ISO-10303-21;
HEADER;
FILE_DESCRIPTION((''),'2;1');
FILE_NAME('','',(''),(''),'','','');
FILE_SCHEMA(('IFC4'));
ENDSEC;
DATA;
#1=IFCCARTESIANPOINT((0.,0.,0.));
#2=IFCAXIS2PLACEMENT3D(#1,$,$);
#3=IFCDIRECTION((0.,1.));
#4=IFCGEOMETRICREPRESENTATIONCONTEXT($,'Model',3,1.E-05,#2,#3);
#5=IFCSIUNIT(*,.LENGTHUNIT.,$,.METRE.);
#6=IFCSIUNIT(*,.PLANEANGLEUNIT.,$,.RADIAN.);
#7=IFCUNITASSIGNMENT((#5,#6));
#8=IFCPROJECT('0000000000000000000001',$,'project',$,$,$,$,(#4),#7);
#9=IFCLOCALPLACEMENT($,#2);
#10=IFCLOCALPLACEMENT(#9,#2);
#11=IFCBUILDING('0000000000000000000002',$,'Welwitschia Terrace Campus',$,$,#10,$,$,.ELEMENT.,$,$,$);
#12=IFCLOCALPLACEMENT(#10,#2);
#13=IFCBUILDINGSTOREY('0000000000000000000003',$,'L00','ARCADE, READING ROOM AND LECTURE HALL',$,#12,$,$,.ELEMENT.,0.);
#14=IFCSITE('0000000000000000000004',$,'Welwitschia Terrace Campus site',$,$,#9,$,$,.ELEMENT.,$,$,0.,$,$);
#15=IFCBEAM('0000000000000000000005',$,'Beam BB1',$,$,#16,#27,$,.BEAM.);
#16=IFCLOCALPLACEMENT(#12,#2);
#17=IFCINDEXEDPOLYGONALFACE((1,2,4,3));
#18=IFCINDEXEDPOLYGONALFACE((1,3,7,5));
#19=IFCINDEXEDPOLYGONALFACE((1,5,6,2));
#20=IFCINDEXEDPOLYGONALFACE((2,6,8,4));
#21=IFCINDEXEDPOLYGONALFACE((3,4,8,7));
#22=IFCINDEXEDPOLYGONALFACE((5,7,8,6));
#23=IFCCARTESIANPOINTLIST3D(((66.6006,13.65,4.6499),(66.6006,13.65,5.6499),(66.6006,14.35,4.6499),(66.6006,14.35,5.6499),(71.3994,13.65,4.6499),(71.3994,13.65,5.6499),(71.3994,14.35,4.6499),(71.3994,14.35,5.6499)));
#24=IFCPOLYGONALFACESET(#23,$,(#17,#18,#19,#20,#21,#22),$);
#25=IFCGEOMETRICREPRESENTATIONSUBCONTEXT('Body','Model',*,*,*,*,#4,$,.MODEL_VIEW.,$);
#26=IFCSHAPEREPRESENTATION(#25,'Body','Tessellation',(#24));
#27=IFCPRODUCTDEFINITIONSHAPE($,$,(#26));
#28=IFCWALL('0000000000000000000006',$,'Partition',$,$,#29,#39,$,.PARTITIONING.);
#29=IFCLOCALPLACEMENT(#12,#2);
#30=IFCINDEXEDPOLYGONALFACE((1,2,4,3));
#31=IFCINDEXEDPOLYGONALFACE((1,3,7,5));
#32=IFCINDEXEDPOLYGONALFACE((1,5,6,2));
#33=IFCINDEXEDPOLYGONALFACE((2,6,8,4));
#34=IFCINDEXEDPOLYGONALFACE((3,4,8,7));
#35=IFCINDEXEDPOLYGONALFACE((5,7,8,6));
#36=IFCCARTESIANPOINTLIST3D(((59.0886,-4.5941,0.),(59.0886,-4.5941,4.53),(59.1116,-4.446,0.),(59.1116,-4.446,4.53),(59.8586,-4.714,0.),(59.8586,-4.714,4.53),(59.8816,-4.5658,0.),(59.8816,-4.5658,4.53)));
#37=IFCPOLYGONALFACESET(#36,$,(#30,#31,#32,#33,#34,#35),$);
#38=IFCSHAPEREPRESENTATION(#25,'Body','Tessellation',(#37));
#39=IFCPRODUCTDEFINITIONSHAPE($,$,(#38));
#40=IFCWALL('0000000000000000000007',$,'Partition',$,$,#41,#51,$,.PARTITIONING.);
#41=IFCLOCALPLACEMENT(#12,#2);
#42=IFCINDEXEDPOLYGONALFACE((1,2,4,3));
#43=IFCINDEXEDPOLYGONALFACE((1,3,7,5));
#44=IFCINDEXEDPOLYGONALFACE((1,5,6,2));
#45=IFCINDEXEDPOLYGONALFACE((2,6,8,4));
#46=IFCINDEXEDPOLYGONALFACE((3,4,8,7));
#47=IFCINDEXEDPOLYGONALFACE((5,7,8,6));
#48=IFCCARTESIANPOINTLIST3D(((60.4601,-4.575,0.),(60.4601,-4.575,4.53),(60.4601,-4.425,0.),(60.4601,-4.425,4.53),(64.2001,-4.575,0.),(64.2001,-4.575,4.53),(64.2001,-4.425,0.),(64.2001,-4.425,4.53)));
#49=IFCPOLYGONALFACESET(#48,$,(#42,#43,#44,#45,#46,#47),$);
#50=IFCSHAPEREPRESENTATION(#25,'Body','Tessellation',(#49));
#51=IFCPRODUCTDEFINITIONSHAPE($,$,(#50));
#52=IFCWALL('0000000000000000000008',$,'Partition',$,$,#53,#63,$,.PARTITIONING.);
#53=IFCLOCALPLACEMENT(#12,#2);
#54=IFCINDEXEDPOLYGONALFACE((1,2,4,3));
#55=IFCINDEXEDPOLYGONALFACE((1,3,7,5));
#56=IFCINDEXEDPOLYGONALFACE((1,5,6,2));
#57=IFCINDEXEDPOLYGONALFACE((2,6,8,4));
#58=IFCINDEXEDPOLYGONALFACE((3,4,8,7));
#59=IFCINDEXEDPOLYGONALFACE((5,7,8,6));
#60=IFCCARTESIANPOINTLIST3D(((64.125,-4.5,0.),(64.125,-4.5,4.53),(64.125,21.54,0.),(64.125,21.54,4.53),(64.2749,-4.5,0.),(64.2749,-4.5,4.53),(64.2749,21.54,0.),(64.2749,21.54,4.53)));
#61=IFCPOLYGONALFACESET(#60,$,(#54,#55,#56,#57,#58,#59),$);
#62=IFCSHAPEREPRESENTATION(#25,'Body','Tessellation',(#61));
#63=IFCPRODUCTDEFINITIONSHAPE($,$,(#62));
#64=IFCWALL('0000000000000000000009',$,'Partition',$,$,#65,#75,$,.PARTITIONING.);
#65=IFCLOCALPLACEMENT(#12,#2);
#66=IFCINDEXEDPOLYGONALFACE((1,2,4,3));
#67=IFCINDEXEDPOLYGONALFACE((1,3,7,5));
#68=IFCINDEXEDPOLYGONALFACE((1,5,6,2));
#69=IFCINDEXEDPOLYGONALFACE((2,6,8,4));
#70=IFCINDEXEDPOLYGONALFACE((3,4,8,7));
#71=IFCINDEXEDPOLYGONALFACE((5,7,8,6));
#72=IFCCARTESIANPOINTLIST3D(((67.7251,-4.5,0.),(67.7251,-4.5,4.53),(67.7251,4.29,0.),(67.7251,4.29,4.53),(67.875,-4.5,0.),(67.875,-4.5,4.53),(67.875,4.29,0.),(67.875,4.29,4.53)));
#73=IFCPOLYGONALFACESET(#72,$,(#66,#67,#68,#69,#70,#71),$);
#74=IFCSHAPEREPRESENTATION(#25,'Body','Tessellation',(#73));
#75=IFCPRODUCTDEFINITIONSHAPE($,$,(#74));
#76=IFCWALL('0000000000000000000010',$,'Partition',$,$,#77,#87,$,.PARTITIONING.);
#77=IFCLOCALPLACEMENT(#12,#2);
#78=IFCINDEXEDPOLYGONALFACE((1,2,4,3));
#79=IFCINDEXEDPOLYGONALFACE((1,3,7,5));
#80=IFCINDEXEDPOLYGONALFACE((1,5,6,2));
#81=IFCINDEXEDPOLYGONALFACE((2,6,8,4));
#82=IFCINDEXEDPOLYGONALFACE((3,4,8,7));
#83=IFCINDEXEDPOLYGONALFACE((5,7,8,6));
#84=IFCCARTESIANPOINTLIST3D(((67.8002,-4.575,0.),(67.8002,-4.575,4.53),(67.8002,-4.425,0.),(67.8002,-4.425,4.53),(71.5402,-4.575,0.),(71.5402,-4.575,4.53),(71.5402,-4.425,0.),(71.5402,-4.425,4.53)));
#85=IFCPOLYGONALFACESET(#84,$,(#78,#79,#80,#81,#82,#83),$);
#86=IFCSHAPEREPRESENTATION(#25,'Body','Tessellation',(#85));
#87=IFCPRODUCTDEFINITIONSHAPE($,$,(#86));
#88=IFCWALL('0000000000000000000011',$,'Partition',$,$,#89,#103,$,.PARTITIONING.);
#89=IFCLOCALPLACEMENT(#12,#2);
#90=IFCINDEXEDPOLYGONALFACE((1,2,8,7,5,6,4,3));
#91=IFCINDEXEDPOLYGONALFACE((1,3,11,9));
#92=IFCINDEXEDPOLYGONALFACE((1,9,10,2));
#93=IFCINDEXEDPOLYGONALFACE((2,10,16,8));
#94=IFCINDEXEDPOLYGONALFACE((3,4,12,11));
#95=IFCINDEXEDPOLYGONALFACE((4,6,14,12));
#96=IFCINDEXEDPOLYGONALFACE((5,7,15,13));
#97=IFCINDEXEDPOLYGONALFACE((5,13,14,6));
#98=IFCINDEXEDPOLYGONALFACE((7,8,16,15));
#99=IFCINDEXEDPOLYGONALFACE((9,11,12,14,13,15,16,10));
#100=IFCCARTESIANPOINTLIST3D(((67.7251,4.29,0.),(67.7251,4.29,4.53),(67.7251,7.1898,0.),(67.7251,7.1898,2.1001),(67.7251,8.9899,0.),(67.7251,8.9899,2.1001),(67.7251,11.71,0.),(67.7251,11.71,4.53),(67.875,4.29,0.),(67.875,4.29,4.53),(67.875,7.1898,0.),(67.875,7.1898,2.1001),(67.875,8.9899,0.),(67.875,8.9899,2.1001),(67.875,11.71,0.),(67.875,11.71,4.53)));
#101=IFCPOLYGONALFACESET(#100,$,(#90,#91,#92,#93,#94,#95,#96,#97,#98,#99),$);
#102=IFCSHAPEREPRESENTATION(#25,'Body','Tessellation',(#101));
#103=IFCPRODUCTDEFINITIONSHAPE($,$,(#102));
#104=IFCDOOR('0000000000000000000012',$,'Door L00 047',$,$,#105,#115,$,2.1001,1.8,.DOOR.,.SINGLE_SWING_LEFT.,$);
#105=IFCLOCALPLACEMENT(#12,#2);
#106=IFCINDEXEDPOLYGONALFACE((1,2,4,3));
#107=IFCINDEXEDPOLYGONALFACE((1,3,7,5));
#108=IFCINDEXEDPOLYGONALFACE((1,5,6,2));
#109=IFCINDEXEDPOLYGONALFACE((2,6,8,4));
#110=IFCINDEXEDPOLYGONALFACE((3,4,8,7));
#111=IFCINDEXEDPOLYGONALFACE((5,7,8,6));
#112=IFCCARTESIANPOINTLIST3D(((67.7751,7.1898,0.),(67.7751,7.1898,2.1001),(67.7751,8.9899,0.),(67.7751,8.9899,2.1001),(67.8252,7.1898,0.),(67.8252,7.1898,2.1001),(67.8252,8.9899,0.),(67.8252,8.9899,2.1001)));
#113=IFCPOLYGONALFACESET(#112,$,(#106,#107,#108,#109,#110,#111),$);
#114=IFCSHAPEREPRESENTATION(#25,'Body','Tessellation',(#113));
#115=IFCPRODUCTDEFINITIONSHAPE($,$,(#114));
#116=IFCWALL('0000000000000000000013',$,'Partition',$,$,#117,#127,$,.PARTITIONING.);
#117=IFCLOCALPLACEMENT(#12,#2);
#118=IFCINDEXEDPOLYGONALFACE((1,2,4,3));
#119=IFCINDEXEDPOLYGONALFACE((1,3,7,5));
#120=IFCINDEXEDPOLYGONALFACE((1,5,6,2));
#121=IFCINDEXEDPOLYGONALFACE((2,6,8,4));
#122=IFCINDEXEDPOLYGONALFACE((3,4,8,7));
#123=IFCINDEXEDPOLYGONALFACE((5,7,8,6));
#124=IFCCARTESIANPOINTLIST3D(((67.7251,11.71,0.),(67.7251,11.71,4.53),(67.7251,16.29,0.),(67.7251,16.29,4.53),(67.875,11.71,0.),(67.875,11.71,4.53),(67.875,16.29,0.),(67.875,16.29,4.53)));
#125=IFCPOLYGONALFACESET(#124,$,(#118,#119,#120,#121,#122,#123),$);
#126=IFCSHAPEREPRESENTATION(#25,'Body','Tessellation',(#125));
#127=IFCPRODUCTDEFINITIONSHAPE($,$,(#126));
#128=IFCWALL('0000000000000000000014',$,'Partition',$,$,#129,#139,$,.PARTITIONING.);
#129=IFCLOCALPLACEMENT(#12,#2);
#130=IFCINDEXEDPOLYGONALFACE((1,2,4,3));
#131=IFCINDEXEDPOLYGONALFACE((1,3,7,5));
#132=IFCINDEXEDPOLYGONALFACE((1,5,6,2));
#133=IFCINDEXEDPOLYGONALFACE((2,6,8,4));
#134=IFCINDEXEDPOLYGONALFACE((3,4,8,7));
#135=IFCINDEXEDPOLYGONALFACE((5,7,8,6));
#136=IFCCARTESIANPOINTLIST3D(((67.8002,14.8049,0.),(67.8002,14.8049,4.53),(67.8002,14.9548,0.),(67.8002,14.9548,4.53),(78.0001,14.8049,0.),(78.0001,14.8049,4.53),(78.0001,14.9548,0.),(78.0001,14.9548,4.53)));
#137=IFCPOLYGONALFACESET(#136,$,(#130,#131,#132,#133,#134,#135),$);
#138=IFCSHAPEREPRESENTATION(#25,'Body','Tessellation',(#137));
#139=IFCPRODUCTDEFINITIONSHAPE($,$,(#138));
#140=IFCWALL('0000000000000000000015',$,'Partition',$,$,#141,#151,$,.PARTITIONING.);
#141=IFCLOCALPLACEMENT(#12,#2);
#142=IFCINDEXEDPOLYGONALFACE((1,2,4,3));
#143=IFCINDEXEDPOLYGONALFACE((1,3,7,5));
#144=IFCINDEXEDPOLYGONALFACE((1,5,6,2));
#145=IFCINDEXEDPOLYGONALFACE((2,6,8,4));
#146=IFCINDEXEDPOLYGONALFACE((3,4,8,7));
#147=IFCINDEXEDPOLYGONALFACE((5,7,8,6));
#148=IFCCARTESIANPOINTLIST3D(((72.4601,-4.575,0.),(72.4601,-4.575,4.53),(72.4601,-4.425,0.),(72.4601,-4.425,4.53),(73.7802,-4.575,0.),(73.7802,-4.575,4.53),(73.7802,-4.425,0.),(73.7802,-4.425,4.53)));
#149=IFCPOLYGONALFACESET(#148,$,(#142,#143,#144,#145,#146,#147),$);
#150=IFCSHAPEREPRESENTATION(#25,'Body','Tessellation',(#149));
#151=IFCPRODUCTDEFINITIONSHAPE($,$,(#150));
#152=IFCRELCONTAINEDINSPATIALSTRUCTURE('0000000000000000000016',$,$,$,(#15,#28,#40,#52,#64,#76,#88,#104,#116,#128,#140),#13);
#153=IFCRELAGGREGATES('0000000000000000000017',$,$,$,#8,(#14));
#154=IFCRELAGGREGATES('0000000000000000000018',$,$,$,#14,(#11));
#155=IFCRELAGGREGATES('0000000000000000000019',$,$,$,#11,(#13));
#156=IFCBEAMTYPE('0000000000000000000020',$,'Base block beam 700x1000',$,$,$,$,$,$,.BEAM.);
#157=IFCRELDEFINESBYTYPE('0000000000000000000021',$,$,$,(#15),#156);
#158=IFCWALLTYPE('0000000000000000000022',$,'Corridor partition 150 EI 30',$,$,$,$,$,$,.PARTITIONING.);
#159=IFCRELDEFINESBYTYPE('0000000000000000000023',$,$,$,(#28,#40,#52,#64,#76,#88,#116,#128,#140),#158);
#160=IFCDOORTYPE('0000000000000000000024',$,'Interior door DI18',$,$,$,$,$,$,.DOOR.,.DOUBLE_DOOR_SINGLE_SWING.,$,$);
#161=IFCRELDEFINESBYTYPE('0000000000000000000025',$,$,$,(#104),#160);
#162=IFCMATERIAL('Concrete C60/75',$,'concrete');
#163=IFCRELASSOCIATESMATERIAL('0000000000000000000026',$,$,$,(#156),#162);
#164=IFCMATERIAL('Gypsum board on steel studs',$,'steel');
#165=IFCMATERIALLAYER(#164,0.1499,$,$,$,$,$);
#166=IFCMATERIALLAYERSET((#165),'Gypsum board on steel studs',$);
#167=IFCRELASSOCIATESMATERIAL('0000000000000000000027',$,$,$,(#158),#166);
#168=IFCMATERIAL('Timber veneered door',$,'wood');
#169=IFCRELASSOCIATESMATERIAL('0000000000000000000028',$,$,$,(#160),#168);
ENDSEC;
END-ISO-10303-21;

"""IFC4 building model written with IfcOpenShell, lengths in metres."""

from ifc_helpers import new_model, si_unit, direction, frame, frame_2d, origin, origin_2d, place, context, subcontext, project, spatial, rectangle, extrude, material, layer, layer_set, material_profile, profile_set, type_object, element, fill, save


model = new_model("IFC4")

# Units and contexts
model_context = context("Model", 3, precision=1e-05, world=origin(), true_north=direction((0.0, 1.0)))
body_context = subcontext(model_context, "Body", "Model", "MODEL_VIEW")
ifc_project = project(units=[si_unit("LENGTHUNIT", "METRE"), si_unit("PLANEANGLEUNIT", "RADIAN")], contexts=[model_context])

# Site, building, storey
site_placement = place(None, origin())
site = spatial("IfcSite", under=ifc_project, at=site_placement, Name="Welwitschia Terrace Campus site", CompositionType="ELEMENT", RefElevation=0.0)
building_placement = place(site_placement, origin())
building = spatial("IfcBuilding", under=site, at=building_placement, Name="Welwitschia Terrace Campus", CompositionType="ELEMENT")
storey_placement = place(building_placement, origin())
storey = spatial("IfcBuildingStorey", under=building, at=storey_placement, Name="L00", Description="ARCADE, READING ROOM AND LECTURE HALL", CompositionType="ELEMENT", Elevation=0.0)

# Beam
ifc_material_1 = material(Name="Concrete C60/75", Category="concrete")
ifc_material_profile_1 = material_profile(ifc_material_1, rectangle(XDim=0.7, YDim=1.0, at=origin_2d()))
ifc_profile_set_1 = profile_set([ifc_material_profile_1], Name="Concrete C60/75")
beam_type = type_object("IfcBeamType", Name="Base block beam 700x1000", PredefinedType="BEAM", material=ifc_profile_set_1)
for number, where, z_axis, x_axis, name in (
    (1, (66.6006, 14.0, 5.1499), (1.0, 0.0, 0.0), (0.0, 1.0, 0.0), "Beam BB1"),
):
    element("IfcBeam", number, at=place(storey_placement, frame(where, z_axis=z_axis, x_axis=x_axis)), inside=storey, type_object=beam_type, Name=name, PredefinedType="BEAM", context=body_context, shape_type="SweptSolid", body=[
        extrude(rectangle(XDim=0.7, YDim=1.0, at=origin_2d()), origin(), (0.0, 0.0, 1.0), 4.7988),
    ])

# Walls
ifc_material_2 = material(Name="Gypsum board on steel studs", Category="steel")
ifc_layer = layer(ifc_material_2, 0.1499)
ifc_layer_set = layer_set([ifc_layer], Name="Gypsum board on steel studs")
wall_type = type_object("IfcWallType", Name="Corridor partition 150 EI 30", PredefinedType="PARTITIONING", material=ifc_layer_set)
wall_1_placement = place(storey_placement, frame((59.1001, -4.52, 0.0), z_axis=(0.0, 0.0, 1.0), x_axis=(0.988098, -0.153823, 0.0)))
element("IfcWall", 2, at=wall_1_placement, inside=storey, type_object=wall_type, Name="Partition", PredefinedType="PARTITIONING", context=body_context, shape_type="SweptSolid", body=[
    extrude(rectangle(XDim=0.7793, YDim=0.1499, at=frame_2d((0.3896, 0.0))), origin(), (0.0, 0.0, 1.0), 4.53),
])
wall_2_placement = place(storey_placement, frame((60.46, -4.5, 0.0), z_axis=(0.0, 0.0, 1.0), x_axis=(1.0, 0.0, 0.0)))
element("IfcWall", 3, at=wall_2_placement, inside=storey, type_object=wall_type, Name="Partition", PredefinedType="PARTITIONING", context=body_context, shape_type="SweptSolid", body=[
    extrude(rectangle(XDim=3.74, YDim=0.1499, at=frame_2d((1.8701, 0.0))), origin(), (0.0, 0.0, 1.0), 4.53),
])
wall_3_placement = place(storey_placement, frame((64.2, -4.5, 0.0), z_axis=(0.0, 0.0, 1.0), x_axis=(0.0, 1.0, 0.0)))
element("IfcWall", 4, at=wall_3_placement, inside=storey, type_object=wall_type, Name="Partition", PredefinedType="PARTITIONING", context=body_context, shape_type="SweptSolid", body=[
    extrude(rectangle(XDim=26.04, YDim=0.1499, at=frame_2d((13.02, 0.0))), origin(), (0.0, 0.0, 1.0), 4.53),
])
wall_4_placement = place(storey_placement, frame((67.8, -4.5, 0.0), z_axis=(0.0, 0.0, 1.0), x_axis=(0.0, 1.0, 0.0)))
element("IfcWall", 5, at=wall_4_placement, inside=storey, type_object=wall_type, Name="Partition", PredefinedType="PARTITIONING", context=body_context, shape_type="SweptSolid", body=[
    extrude(rectangle(XDim=8.79, YDim=0.1499, at=frame_2d((4.395, 0.0))), origin(), (0.0, 0.0, 1.0), 4.53),
])
wall_5_placement = place(storey_placement, frame((67.8, -4.5, 0.0), z_axis=(0.0, 0.0, 1.0), x_axis=(1.0, 0.0, 0.0)))
element("IfcWall", 6, at=wall_5_placement, inside=storey, type_object=wall_type, Name="Partition", PredefinedType="PARTITIONING", context=body_context, shape_type="SweptSolid", body=[
    extrude(rectangle(XDim=3.74, YDim=0.1499, at=frame_2d((1.8701, 0.0))), origin(), (0.0, 0.0, 1.0), 4.53),
])

# Wall, opening, door
wall_6_placement = place(storey_placement, frame((67.8, 4.29, 0.0), z_axis=(0.0, 0.0, 1.0), x_axis=(0.0, 1.0, 0.0)))
wall_6 = element("IfcWall", 7, at=wall_6_placement, inside=storey, type_object=wall_type, Name="Partition", PredefinedType="PARTITIONING", context=body_context, shape_type="SweptSolid", body=[
    extrude(rectangle(XDim=7.4199, YDim=0.1499, at=frame_2d((3.71, 0.0))), origin(), (0.0, 0.0, 1.0), 4.53),
])
opening_placement = place(wall_6_placement, frame((2.8999, 0.0, 0.0)))
opening = element("IfcOpeningElement", 8, at=opening_placement, cuts=wall_6, PredefinedType="OPENING", context=body_context, shape_type="SweptSolid", body=[
    extrude(rectangle(XDim=1.8, YDim=2.1001, at=frame_2d((0.8999, 1.05))), frame((0.0, 0.085, 0.0), z_axis=(0.0, -1.0, 0.0), x_axis=(1.0, 0.0, 0.0)), (0.0, 0.0, 1.0), 0.1699),
])
ifc_material_3 = material(Name="Timber veneered door", Category="wood")
door_type = type_object("IfcDoorType", Name="Interior door DI18", OperationType="DOUBLE_DOOR_SINGLE_SWING", PredefinedType="DOOR", material=ifc_material_3)
door_placement = place(opening_placement, origin())
door = element("IfcDoor", 9, at=door_placement, inside=storey, type_object=door_type, Name="Door L00 047", OperationType="SINGLE_SWING_LEFT", OverallHeight=2.1001, OverallWidth=1.8, PredefinedType="DOOR", context=body_context, shape_type="SweptSolid", body=[
    extrude(rectangle(XDim=1.8, YDim=2.1001, at=frame_2d((0.8999, 1.05))), frame((0.0, 0.0249, 0.0), z_axis=(0.0, -1.0, 0.0), x_axis=(1.0, 0.0, 0.0)), (0.0, 0.0, 1.0), 0.05),
])
fill(opening, door)

# Walls
wall_7_placement = place(storey_placement, frame((67.8, 11.71, 0.0), z_axis=(0.0, 0.0, 1.0), x_axis=(0.0, 1.0, 0.0)))
element("IfcWall", 10, at=wall_7_placement, inside=storey, type_object=wall_type, Name="Partition", PredefinedType="PARTITIONING", context=body_context, shape_type="SweptSolid", body=[
    extrude(rectangle(XDim=4.5801, YDim=0.1499, at=frame_2d((2.29, 0.0))), origin(), (0.0, 0.0, 1.0), 4.53),
])
wall_8_placement = place(storey_placement, frame((67.8, 14.8799, 0.0), z_axis=(0.0, 0.0, 1.0), x_axis=(1.0, 0.0, 0.0)))
element("IfcWall", 11, at=wall_8_placement, inside=storey, type_object=wall_type, Name="Partition", PredefinedType="PARTITIONING", context=body_context, shape_type="SweptSolid", body=[
    extrude(rectangle(XDim=10.2, YDim=0.1499, at=frame_2d((5.1001, 0.0))), origin(), (0.0, 0.0, 1.0), 4.53),
])
wall_9_placement = place(storey_placement, frame((72.46, -4.5, 0.0), z_axis=(0.0, 0.0, 1.0), x_axis=(1.0, 0.0, 0.0)))
element("IfcWall", 12, at=wall_9_placement, inside=storey, type_object=wall_type, Name="Partition", PredefinedType="PARTITIONING", context=body_context, shape_type="SweptSolid", body=[
    extrude(rectangle(XDim=1.3201, YDim=0.1499, at=frame_2d((0.6602, 0.0))), origin(), (0.0, 0.0, 1.0), 4.53),
])

save(model, "model.ifc")
